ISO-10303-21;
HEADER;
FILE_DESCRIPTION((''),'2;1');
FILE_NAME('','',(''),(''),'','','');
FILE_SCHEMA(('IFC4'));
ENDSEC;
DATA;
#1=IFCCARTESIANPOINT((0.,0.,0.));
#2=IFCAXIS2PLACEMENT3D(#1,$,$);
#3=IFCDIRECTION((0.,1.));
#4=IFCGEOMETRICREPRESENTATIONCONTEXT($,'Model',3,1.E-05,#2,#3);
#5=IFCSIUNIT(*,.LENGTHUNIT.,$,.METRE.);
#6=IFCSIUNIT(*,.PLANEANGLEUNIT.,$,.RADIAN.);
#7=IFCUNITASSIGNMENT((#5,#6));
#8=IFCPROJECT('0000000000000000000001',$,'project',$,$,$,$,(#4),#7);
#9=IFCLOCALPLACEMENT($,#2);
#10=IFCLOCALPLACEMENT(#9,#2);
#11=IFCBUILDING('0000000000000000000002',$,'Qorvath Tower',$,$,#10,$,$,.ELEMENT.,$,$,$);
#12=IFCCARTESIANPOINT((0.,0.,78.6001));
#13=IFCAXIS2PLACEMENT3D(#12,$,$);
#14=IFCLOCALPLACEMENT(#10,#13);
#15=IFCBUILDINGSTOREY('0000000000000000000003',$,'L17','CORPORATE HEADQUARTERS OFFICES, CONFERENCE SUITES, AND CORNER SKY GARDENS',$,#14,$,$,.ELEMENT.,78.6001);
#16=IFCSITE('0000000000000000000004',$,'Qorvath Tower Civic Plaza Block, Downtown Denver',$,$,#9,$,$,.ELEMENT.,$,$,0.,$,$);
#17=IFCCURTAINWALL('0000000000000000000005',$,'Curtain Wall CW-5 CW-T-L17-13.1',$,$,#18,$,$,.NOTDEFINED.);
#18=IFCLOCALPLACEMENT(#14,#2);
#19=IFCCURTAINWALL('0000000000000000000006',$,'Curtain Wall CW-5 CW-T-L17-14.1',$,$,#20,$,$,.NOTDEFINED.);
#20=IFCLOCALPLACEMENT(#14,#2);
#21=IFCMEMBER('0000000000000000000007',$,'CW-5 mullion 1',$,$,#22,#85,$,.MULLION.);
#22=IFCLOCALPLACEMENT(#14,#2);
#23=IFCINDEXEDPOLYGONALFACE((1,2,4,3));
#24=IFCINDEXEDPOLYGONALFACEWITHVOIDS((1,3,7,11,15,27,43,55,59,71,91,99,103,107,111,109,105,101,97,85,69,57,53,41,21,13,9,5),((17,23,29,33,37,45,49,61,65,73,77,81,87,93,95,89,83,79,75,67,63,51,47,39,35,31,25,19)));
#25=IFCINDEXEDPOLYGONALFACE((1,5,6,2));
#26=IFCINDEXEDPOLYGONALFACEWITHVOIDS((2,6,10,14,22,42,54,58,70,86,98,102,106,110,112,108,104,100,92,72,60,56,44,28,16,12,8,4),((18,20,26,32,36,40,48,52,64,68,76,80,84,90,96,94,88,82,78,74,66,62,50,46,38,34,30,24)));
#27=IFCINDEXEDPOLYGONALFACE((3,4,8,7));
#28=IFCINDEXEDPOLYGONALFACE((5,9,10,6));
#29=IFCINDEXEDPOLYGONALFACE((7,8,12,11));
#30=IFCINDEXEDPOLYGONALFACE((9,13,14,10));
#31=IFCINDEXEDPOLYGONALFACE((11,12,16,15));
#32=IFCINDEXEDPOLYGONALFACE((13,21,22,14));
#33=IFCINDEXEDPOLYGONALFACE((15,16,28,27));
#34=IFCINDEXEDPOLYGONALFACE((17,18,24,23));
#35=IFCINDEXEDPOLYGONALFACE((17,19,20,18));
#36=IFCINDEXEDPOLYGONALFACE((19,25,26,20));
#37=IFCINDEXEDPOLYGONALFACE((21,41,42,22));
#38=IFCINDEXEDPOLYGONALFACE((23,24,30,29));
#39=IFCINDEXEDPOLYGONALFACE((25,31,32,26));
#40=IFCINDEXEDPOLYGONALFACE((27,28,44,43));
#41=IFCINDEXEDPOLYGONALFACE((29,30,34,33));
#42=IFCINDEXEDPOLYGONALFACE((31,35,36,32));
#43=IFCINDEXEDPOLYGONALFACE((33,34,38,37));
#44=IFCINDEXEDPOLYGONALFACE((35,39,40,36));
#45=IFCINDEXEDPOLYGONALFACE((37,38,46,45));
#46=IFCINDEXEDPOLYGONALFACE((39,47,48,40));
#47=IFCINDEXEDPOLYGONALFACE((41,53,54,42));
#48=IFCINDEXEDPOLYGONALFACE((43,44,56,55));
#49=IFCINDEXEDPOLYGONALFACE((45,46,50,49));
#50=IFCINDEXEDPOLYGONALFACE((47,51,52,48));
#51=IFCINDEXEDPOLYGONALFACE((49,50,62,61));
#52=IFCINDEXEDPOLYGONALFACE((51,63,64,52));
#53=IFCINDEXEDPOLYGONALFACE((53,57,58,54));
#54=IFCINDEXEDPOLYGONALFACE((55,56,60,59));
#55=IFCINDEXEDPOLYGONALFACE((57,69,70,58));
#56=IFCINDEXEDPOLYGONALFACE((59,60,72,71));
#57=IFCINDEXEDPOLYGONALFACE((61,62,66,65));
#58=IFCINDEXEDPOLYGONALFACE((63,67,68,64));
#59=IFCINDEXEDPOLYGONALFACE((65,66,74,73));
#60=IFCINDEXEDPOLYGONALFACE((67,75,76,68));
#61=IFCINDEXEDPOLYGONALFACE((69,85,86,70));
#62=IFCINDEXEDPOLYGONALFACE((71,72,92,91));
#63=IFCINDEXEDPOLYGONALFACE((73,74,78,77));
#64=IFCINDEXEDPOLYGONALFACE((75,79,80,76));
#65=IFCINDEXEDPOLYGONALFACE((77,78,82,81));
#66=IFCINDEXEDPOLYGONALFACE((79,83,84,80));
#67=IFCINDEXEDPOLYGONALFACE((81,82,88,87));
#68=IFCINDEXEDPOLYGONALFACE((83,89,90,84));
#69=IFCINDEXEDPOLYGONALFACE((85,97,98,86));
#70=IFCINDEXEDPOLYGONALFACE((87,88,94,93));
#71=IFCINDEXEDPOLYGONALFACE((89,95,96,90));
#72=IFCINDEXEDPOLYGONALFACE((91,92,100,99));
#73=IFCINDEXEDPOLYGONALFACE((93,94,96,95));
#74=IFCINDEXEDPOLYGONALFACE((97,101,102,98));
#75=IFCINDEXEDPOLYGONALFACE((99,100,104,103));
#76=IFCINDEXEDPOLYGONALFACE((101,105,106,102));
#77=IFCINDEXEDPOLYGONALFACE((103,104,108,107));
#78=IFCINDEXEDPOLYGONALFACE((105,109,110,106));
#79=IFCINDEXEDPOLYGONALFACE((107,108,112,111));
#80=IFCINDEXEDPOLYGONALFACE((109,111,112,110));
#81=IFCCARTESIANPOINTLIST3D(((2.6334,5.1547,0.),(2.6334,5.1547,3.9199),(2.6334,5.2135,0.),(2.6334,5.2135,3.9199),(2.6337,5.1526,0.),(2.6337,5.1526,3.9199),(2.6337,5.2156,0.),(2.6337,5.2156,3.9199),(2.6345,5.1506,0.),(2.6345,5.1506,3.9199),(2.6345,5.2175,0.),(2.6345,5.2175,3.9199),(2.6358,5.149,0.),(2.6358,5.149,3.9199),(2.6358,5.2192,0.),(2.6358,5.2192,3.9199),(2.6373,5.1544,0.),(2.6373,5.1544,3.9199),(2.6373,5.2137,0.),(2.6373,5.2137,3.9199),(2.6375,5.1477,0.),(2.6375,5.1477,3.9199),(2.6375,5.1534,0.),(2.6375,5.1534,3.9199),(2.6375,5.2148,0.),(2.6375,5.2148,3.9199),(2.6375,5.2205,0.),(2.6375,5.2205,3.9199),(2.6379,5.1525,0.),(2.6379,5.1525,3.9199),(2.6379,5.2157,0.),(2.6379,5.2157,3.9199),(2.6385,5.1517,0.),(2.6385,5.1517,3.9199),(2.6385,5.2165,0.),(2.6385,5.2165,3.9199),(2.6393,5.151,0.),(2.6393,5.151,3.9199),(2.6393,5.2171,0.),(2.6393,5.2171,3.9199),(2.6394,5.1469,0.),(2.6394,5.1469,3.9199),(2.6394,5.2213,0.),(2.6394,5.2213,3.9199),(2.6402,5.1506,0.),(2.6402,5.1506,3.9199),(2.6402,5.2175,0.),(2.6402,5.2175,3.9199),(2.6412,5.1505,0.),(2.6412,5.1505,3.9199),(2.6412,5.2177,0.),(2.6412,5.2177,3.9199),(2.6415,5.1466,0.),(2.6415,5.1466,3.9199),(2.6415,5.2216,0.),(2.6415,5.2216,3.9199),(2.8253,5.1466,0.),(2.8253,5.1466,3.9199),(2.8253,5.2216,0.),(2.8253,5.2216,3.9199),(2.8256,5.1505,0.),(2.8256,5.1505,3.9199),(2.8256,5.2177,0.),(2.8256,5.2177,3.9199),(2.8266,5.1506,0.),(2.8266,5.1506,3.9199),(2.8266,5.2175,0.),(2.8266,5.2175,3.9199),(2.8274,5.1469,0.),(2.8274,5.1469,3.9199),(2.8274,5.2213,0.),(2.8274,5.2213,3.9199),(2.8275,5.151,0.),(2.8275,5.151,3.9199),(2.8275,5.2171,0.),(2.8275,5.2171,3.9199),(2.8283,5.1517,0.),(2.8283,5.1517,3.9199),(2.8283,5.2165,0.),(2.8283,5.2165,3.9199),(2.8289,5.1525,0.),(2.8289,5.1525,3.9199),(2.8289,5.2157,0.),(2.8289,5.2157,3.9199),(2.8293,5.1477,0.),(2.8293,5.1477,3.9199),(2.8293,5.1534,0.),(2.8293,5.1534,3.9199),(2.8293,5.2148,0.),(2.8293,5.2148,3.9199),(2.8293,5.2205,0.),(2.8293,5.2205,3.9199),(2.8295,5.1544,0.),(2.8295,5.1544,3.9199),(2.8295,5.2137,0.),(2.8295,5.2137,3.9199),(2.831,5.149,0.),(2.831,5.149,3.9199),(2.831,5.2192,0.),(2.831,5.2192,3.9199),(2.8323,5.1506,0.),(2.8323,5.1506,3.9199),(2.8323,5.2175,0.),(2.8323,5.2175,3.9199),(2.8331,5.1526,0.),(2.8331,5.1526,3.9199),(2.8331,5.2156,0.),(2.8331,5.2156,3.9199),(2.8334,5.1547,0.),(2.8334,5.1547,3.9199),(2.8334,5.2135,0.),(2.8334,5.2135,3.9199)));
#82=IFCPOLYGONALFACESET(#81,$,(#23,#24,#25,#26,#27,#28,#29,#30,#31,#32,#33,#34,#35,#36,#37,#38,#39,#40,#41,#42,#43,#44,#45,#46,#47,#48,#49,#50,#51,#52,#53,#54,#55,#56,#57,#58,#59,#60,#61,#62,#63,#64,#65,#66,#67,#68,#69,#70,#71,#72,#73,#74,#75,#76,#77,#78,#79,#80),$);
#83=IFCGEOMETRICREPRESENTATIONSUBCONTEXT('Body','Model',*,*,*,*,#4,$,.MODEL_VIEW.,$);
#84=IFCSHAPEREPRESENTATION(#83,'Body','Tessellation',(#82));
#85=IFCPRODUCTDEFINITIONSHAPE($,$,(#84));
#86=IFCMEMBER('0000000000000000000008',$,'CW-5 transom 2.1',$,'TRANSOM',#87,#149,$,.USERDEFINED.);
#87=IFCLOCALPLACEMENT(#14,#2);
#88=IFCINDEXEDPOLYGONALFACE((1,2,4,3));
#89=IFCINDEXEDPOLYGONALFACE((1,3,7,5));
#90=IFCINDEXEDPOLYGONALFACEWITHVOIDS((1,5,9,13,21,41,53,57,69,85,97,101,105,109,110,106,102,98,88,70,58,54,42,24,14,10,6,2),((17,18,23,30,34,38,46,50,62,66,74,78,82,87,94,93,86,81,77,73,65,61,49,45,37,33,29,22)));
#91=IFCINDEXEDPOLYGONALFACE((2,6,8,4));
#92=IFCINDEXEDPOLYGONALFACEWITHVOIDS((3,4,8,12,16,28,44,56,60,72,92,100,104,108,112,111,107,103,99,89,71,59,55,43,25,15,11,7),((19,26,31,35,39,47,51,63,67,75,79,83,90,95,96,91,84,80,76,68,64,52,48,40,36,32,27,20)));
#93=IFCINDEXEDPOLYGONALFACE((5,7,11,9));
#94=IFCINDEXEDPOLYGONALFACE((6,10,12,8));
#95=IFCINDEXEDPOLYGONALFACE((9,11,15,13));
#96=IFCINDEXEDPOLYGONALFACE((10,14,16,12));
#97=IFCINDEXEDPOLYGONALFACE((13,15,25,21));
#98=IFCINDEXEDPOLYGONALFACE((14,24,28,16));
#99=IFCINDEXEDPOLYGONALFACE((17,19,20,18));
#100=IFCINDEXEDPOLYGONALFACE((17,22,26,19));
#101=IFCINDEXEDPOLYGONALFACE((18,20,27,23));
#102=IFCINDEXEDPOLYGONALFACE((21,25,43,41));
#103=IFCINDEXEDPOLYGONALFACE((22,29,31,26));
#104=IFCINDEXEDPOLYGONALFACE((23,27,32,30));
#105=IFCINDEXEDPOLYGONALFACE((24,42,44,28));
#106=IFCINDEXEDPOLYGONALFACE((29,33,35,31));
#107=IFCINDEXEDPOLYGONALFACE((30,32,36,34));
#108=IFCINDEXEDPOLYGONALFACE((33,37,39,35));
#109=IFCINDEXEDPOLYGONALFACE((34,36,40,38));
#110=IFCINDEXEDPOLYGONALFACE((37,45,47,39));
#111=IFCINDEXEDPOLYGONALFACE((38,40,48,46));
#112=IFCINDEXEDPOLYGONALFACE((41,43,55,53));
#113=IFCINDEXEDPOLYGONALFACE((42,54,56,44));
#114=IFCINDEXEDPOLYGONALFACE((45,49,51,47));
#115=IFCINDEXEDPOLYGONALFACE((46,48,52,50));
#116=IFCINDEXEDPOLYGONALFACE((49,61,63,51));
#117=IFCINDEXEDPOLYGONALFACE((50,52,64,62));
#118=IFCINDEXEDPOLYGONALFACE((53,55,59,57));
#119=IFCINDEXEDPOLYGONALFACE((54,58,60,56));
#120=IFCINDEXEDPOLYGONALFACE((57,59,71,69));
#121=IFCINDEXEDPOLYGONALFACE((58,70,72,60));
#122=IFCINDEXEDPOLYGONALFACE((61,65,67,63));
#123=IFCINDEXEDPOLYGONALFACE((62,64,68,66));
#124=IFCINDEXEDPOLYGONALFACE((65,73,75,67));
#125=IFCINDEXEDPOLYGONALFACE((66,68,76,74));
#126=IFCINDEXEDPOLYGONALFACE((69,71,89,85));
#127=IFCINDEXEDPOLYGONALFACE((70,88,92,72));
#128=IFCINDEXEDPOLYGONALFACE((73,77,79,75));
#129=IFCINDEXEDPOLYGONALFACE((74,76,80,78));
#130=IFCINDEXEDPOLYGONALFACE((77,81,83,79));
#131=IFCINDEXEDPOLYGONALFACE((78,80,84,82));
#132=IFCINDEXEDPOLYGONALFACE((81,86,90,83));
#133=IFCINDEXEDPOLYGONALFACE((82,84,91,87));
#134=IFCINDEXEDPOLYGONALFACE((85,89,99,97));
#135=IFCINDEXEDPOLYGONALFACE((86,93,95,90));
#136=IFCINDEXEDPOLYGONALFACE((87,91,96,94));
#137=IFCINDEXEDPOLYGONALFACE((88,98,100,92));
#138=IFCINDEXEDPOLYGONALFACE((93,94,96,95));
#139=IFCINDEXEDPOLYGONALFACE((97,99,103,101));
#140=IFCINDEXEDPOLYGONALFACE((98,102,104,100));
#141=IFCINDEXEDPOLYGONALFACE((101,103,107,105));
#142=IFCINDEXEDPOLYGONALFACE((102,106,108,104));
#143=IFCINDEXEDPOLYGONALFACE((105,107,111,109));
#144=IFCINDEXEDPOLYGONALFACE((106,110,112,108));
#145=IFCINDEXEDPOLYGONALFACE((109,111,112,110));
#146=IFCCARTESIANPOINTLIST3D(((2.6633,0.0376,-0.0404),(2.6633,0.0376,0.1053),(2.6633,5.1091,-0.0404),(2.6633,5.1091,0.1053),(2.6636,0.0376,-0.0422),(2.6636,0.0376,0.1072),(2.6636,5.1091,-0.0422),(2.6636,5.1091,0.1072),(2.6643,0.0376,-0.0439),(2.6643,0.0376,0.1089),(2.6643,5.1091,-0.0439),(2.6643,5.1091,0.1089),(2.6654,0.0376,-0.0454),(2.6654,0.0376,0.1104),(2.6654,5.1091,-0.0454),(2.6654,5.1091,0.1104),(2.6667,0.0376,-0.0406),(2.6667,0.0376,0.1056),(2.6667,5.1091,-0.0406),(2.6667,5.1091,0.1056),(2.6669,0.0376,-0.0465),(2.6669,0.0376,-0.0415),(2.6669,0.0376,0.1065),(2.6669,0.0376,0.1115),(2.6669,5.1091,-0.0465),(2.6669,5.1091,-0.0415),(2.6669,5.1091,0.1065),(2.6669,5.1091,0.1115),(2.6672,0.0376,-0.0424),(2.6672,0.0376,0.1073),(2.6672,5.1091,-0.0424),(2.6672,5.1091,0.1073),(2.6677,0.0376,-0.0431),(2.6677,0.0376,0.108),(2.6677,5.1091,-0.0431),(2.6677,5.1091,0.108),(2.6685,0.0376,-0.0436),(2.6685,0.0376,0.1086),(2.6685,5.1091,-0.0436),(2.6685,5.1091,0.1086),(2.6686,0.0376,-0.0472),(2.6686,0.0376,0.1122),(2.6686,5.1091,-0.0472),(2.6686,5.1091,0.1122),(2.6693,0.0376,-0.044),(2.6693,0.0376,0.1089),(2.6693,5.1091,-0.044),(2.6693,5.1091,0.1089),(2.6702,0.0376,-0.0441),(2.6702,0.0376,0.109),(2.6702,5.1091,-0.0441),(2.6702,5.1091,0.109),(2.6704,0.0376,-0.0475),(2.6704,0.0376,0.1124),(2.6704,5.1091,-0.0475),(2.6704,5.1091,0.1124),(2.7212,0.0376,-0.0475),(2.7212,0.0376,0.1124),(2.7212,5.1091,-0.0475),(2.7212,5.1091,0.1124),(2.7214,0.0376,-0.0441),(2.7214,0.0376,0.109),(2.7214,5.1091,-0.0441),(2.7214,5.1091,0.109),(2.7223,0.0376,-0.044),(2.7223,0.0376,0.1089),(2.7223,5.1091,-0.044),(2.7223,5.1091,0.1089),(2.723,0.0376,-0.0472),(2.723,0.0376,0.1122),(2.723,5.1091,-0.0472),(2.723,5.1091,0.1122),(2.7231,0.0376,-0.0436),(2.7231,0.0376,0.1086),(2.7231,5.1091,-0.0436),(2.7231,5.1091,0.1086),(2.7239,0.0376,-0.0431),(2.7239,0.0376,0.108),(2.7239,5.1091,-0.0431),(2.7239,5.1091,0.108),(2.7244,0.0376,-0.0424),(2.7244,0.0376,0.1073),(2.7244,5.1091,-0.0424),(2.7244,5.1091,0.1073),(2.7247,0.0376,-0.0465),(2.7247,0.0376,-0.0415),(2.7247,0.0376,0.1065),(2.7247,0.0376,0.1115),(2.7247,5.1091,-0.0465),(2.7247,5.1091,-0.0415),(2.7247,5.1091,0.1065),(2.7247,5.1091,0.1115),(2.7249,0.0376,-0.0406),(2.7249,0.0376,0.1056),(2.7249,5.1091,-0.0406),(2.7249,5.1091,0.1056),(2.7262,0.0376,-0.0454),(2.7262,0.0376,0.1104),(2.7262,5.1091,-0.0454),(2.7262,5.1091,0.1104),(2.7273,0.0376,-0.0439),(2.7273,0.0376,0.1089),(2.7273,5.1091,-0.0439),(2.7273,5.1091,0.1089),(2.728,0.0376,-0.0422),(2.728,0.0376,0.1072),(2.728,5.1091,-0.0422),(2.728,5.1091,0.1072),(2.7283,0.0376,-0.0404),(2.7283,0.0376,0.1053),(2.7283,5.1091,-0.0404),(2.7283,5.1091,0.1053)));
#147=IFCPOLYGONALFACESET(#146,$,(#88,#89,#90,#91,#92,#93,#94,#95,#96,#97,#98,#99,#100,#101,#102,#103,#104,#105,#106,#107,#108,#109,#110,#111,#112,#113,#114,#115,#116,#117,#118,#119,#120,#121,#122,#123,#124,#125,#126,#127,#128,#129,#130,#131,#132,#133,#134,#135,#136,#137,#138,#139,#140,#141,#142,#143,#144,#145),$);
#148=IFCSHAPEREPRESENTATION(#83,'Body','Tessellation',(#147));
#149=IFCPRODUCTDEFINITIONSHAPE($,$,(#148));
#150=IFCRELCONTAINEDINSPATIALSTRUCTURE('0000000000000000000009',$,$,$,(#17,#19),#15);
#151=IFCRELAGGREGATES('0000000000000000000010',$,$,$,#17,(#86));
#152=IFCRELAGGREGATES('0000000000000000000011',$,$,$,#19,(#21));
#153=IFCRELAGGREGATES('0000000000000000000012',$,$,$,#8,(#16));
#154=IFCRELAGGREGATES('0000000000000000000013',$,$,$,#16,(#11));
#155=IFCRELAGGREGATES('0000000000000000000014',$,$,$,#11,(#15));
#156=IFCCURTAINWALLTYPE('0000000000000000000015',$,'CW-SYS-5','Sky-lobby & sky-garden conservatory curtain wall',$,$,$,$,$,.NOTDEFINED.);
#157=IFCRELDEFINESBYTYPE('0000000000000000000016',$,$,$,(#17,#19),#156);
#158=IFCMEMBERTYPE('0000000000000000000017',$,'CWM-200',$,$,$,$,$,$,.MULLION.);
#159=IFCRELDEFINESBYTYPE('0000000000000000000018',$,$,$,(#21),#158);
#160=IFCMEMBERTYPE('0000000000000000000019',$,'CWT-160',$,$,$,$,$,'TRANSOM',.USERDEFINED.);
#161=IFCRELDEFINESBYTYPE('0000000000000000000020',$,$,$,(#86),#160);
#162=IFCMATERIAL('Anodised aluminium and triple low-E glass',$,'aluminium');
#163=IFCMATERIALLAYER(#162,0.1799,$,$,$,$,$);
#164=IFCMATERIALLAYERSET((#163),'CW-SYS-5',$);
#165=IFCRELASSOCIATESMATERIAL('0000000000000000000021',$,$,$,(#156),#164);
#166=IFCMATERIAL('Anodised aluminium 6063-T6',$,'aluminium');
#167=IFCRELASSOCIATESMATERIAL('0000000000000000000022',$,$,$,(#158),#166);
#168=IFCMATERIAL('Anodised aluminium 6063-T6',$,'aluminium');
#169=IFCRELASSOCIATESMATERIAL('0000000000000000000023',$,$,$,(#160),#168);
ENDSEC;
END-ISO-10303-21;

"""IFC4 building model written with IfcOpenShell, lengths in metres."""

from ifc_helpers import new_model, si_unit, direction, frame, origin, origin_2d, place, context, subcontext, project, spatial, hollow_rectangle, extrude, material, layer, layer_set, material_profile, profile_set, type_object, element, aggregate, save


model = new_model("IFC4")

# Units and contexts
model_context = context("Model", 3, precision=1e-05, world=origin(), true_north=direction((0.0, 1.0)))
body_context = subcontext(model_context, "Body", "Model", "MODEL_VIEW")
ifc_project = project(units=[si_unit("LENGTHUNIT", "METRE"), si_unit("PLANEANGLEUNIT", "RADIAN")], contexts=[model_context])

# Site, building, storey
site_placement = place(None, origin())
site = spatial("IfcSite", under=ifc_project, at=site_placement, Name="Qorvath Tower Civic Plaza Block, Downtown Denver", CompositionType="ELEMENT", RefElevation=0.0)
building_placement = place(site_placement, origin())
building = spatial("IfcBuilding", under=site, at=building_placement, Name="Qorvath Tower", CompositionType="ELEMENT")
storey_placement = place(building_placement, frame((0.0, 0.0, 78.6001)))
storey = spatial("IfcBuildingStorey", under=building, at=storey_placement, Name="L17", Description="CORPORATE HEADQUARTERS OFFICES, CONFERENCE SUITES, AND CORNER SKY GARDENS", CompositionType="ELEMENT", Elevation=78.6001)

# Curtain wall
ifc_material_1 = material(Name="Anodised aluminium and triple low-E glass", Category="aluminium")
ifc_layer_1 = layer(ifc_material_1, 0.1799)
ifc_layer_set_1 = layer_set([ifc_layer_1], Name="CW-SYS-5")
curtain_wall_type = type_object("IfcCurtainWallType", Name="CW-SYS-5", Description="Sky-lobby & sky-garden conservatory curtain wall", PredefinedType="NOTDEFINED", material=ifc_layer_set_1)
curtain_wall_1_placement = place(storey_placement, origin())
curtain_wall_1 = element("IfcCurtainWall", 1, at=curtain_wall_1_placement, inside=storey, type_object=curtain_wall_type, Name="Curtain Wall CW-5 CW-T-L17-13.1", PredefinedType="NOTDEFINED")
ifc_material_2 = material(Name="Anodised aluminium 6063-T6", Category="aluminium")
ifc_material_profile_1 = material_profile(ifc_material_2, hollow_rectangle(XDim=0.075, YDim=0.2, WallThickness=0.0039, InnerFilletRadius=0.0039, OuterFilletRadius=0.0081, at=origin_2d()), Name="CWM 200x75")
ifc_profile_set_1 = profile_set([ifc_material_profile_1], Name="Anodised aluminium 6063-T6")
member_type_1 = type_object("IfcMemberType", Name="CWM-200", PredefinedType="MULLION", material=ifc_profile_set_1)

# Curtain wall, member
curtain_wall_2_placement = place(storey_placement, origin())
curtain_wall_2 = element("IfcCurtainWall", 2, at=curtain_wall_2_placement, inside=storey, type_object=curtain_wall_type, Name="Curtain Wall CW-5 CW-T-L17-14.1", PredefinedType="NOTDEFINED")
member_1_placement = place(storey_placement, frame((2.7334, 5.1841, 0.0), z_axis=(0.0, 0.0, 1.0), x_axis=(0.0, 1.0, 0.0)))
member_1 = element("IfcMember", 3, at=member_1_placement, type_object=member_type_1, Name="CW-5 mullion 1", PredefinedType="MULLION", context=body_context, shape_type="SweptSolid", body=[
    extrude(hollow_rectangle(XDim=0.075, YDim=0.2, WallThickness=0.0039, InnerFilletRadius=0.0039, OuterFilletRadius=0.0081, at=origin_2d()), origin(), (0.0, 0.0, 1.0), 3.9199),
])

# Member
ifc_material_3 = material(Name="Anodised aluminium 6063-T6", Category="aluminium")
ifc_material_profile_2 = material_profile(ifc_material_3, hollow_rectangle(XDim=0.0649, YDim=0.1599, WallThickness=0.0034, InnerFilletRadius=0.0034, OuterFilletRadius=0.0071, at=origin_2d()), Name="CWT 160x65")
ifc_profile_set_2 = profile_set([ifc_material_profile_2], Name="Anodised aluminium 6063-T6")
member_type_2 = type_object("IfcMemberType", Name="CWT-160", ElementType="TRANSOM", PredefinedType="USERDEFINED", material=ifc_profile_set_2)
member_2_placement = place(storey_placement, frame((2.6958, 0.0376, 0.0325), z_axis=(0.0, 1.0, 0.0), x_axis=(-1.0, 0.0, 0.0)))
member_2 = element("IfcMember", 4, at=member_2_placement, type_object=member_type_2, Name="CW-5 transom 2.1", ObjectType="TRANSOM", PredefinedType="USERDEFINED", context=body_context, shape_type="SweptSolid", body=[
    extrude(hollow_rectangle(XDim=0.0649, YDim=0.1599, WallThickness=0.0034, InnerFilletRadius=0.0034, OuterFilletRadius=0.0071, at=origin_2d()), origin(), (0.0, 0.0, 1.0), 5.0715),
])

aggregate(curtain_wall_1, [member_2])
aggregate(curtain_wall_2, [member_1])

save(model, "model.ifc")
